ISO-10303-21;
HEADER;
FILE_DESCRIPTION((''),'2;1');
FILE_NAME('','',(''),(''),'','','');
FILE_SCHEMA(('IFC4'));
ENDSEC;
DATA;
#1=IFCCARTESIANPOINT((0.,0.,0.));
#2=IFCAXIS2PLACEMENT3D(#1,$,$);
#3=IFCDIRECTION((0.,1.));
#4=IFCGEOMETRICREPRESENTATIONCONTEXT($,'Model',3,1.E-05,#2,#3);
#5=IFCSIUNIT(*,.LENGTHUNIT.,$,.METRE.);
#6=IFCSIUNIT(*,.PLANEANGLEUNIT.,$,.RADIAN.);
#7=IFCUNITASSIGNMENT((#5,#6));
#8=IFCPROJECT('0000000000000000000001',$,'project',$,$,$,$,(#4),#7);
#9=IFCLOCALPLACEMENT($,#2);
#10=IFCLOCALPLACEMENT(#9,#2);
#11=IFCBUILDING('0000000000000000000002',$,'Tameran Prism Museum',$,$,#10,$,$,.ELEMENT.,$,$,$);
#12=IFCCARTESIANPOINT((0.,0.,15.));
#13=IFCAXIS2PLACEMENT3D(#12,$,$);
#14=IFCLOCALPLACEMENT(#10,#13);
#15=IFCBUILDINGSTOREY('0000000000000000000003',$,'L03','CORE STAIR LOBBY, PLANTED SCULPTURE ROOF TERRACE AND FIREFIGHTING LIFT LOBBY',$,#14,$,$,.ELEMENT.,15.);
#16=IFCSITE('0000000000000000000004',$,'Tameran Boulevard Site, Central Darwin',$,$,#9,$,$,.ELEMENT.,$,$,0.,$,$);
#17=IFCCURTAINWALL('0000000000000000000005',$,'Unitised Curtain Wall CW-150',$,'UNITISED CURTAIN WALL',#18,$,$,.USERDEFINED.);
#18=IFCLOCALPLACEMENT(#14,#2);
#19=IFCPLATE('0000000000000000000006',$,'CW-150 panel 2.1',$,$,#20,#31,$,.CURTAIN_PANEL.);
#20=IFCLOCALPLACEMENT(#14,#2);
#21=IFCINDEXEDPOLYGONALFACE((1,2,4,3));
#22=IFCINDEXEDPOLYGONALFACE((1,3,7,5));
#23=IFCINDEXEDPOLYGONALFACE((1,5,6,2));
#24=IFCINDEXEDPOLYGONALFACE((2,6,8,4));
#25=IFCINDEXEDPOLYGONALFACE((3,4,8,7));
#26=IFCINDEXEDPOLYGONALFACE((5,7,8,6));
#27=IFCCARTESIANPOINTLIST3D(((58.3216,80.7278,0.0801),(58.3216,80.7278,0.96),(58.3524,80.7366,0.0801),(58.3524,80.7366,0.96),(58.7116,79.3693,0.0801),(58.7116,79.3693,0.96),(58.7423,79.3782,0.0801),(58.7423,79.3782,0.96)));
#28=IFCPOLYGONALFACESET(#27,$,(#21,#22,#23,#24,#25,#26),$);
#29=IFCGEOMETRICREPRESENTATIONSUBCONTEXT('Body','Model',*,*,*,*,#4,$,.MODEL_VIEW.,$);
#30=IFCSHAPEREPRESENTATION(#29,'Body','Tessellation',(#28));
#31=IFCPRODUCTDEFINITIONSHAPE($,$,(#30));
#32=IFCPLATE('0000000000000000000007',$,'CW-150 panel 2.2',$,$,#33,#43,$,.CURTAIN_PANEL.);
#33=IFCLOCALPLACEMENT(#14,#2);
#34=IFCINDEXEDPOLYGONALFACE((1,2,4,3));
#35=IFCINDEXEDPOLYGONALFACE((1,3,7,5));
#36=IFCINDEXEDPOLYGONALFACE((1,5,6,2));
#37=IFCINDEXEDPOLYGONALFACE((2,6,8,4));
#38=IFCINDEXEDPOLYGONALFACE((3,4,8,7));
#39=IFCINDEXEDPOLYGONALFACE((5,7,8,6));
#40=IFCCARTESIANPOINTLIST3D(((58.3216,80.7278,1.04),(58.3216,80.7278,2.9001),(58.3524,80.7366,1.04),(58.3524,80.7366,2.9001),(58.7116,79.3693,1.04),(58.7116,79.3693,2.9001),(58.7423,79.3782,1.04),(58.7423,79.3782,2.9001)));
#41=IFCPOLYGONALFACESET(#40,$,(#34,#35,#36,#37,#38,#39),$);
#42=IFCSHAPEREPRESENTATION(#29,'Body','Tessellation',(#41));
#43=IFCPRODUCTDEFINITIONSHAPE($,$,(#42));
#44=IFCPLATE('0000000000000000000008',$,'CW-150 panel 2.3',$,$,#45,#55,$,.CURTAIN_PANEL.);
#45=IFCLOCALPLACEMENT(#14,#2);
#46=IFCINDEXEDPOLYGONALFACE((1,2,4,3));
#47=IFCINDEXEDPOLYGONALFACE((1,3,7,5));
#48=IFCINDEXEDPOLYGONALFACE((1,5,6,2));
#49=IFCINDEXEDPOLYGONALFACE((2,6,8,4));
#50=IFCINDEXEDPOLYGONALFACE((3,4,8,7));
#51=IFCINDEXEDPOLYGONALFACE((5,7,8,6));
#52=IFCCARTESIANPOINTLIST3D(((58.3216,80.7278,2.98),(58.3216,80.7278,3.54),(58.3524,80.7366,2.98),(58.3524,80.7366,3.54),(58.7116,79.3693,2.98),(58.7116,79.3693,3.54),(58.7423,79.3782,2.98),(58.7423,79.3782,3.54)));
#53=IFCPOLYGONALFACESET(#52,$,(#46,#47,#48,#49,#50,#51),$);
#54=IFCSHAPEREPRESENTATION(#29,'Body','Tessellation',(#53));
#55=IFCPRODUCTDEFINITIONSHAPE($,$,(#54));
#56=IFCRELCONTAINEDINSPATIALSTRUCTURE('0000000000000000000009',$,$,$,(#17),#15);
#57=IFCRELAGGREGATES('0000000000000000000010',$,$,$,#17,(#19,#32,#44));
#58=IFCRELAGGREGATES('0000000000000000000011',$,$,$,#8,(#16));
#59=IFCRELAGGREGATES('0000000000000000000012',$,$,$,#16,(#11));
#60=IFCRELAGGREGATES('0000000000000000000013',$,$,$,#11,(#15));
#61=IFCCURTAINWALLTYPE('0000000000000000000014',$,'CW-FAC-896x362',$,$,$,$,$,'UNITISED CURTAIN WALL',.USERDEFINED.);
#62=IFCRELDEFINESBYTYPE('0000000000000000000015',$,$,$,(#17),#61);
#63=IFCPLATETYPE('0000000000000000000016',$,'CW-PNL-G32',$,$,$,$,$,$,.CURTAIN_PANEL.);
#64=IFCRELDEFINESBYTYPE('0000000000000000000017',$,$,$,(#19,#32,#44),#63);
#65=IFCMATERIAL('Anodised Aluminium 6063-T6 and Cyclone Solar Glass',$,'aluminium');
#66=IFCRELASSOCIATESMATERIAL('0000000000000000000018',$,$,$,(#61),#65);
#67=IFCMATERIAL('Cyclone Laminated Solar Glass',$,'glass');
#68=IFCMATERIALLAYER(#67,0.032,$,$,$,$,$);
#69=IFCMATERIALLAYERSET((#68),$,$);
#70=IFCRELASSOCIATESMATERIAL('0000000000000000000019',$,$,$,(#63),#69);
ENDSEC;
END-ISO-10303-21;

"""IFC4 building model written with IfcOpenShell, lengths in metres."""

from ifc_helpers import new_model, si_unit, direction, frame, origin, origin_2d, place, context, subcontext, project, spatial, rectangle, extrude, material, layer, layer_set, type_object, element, aggregate, save


model = new_model("IFC4")

# Units and contexts
model_context = context("Model", 3, precision=1e-05, world=origin(), true_north=direction((0.0, 1.0)))
body_context = subcontext(model_context, "Body", "Model", "MODEL_VIEW")
ifc_project = project(units=[si_unit("LENGTHUNIT", "METRE"), si_unit("PLANEANGLEUNIT", "RADIAN")], contexts=[model_context])

# Site, building, storey
site_placement = place(None, origin())
site = spatial("IfcSite", under=ifc_project, at=site_placement, Name="Tameran Boulevard Site, Central Darwin", CompositionType="ELEMENT", RefElevation=0.0)
building_placement = place(site_placement, origin())
building = spatial("IfcBuilding", under=site, at=building_placement, Name="Tameran Prism Museum", CompositionType="ELEMENT")
storey_placement = place(building_placement, frame((0.0, 0.0, 15.0)))
storey = spatial("IfcBuildingStorey", under=building, at=storey_placement, Name="L03", Description="CORE STAIR LOBBY, PLANTED SCULPTURE ROOF TERRACE AND FIREFIGHTING LIFT LOBBY", CompositionType="ELEMENT", Elevation=15.0)

# Curtain wall, plates
ifc_material_1 = material(Name="Anodised Aluminium 6063-T6 and Cyclone Solar Glass", Category="aluminium")
curtain_wall_type = type_object("IfcCurtainWallType", Name="CW-FAC-896x362", ElementType="UNITISED CURTAIN WALL", PredefinedType="USERDEFINED", material=ifc_material_1)
curtain_wall_placement = place(storey_placement, origin())
curtain_wall = element("IfcCurtainWall", 1, at=curtain_wall_placement, inside=storey, type_object=curtain_wall_type, Name="Unitised Curtain Wall CW-150", ObjectType="UNITISED CURTAIN WALL", PredefinedType="USERDEFINED")
ifc_material_2 = material(Name="Cyclone Laminated Solar Glass", Category="glass")
ifc_layer = layer(ifc_material_2, 0.032)
ifc_layer_set = layer_set([ifc_layer])
plate_type = type_object("IfcPlateType", Name="CW-PNL-G32", PredefinedType="CURTAIN_PANEL", material=ifc_layer_set)
plate_1_placement = place(storey_placement, frame((58.532, 80.053, 0.0801), z_axis=(0.0, 0.0, 1.0), x_axis=(0.2759, -0.961186, 0.0)))
plate_1 = element("IfcPlate", 2, at=plate_1_placement, type_object=plate_type, Name="CW-150 panel 2.1", PredefinedType="CURTAIN_PANEL", context=body_context, shape_type="SweptSolid", body=[
    extrude(rectangle(XDim=1.4133, YDim=0.032, at=origin_2d()), origin(), (0.0, 0.0, 1.0), 0.8799),
])
plate_2_placement = place(storey_placement, frame((58.532, 80.053, 1.04), z_axis=(0.0, 0.0, 1.0), x_axis=(0.2759, -0.961186, 0.0)))
plate_2 = element("IfcPlate", 3, at=plate_2_placement, type_object=plate_type, Name="CW-150 panel 2.2", PredefinedType="CURTAIN_PANEL", context=body_context, shape_type="SweptSolid", body=[
    extrude(rectangle(XDim=1.4133, YDim=0.032, at=origin_2d()), origin(), (0.0, 0.0, 1.0), 1.8601),
])
plate_3_placement = place(storey_placement, frame((58.532, 80.053, 2.98), z_axis=(0.0, 0.0, 1.0), x_axis=(0.2759, -0.961186, 0.0)))
plate_3 = element("IfcPlate", 4, at=plate_3_placement, type_object=plate_type, Name="CW-150 panel 2.3", PredefinedType="CURTAIN_PANEL", context=body_context, shape_type="SweptSolid", body=[
    extrude(rectangle(XDim=1.4133, YDim=0.032, at=origin_2d()), origin(), (0.0, 0.0, 1.0), 0.5601),
])
aggregate(curtain_wall, [plate_1, plate_2, plate_3])

save(model, "model.ifc")
